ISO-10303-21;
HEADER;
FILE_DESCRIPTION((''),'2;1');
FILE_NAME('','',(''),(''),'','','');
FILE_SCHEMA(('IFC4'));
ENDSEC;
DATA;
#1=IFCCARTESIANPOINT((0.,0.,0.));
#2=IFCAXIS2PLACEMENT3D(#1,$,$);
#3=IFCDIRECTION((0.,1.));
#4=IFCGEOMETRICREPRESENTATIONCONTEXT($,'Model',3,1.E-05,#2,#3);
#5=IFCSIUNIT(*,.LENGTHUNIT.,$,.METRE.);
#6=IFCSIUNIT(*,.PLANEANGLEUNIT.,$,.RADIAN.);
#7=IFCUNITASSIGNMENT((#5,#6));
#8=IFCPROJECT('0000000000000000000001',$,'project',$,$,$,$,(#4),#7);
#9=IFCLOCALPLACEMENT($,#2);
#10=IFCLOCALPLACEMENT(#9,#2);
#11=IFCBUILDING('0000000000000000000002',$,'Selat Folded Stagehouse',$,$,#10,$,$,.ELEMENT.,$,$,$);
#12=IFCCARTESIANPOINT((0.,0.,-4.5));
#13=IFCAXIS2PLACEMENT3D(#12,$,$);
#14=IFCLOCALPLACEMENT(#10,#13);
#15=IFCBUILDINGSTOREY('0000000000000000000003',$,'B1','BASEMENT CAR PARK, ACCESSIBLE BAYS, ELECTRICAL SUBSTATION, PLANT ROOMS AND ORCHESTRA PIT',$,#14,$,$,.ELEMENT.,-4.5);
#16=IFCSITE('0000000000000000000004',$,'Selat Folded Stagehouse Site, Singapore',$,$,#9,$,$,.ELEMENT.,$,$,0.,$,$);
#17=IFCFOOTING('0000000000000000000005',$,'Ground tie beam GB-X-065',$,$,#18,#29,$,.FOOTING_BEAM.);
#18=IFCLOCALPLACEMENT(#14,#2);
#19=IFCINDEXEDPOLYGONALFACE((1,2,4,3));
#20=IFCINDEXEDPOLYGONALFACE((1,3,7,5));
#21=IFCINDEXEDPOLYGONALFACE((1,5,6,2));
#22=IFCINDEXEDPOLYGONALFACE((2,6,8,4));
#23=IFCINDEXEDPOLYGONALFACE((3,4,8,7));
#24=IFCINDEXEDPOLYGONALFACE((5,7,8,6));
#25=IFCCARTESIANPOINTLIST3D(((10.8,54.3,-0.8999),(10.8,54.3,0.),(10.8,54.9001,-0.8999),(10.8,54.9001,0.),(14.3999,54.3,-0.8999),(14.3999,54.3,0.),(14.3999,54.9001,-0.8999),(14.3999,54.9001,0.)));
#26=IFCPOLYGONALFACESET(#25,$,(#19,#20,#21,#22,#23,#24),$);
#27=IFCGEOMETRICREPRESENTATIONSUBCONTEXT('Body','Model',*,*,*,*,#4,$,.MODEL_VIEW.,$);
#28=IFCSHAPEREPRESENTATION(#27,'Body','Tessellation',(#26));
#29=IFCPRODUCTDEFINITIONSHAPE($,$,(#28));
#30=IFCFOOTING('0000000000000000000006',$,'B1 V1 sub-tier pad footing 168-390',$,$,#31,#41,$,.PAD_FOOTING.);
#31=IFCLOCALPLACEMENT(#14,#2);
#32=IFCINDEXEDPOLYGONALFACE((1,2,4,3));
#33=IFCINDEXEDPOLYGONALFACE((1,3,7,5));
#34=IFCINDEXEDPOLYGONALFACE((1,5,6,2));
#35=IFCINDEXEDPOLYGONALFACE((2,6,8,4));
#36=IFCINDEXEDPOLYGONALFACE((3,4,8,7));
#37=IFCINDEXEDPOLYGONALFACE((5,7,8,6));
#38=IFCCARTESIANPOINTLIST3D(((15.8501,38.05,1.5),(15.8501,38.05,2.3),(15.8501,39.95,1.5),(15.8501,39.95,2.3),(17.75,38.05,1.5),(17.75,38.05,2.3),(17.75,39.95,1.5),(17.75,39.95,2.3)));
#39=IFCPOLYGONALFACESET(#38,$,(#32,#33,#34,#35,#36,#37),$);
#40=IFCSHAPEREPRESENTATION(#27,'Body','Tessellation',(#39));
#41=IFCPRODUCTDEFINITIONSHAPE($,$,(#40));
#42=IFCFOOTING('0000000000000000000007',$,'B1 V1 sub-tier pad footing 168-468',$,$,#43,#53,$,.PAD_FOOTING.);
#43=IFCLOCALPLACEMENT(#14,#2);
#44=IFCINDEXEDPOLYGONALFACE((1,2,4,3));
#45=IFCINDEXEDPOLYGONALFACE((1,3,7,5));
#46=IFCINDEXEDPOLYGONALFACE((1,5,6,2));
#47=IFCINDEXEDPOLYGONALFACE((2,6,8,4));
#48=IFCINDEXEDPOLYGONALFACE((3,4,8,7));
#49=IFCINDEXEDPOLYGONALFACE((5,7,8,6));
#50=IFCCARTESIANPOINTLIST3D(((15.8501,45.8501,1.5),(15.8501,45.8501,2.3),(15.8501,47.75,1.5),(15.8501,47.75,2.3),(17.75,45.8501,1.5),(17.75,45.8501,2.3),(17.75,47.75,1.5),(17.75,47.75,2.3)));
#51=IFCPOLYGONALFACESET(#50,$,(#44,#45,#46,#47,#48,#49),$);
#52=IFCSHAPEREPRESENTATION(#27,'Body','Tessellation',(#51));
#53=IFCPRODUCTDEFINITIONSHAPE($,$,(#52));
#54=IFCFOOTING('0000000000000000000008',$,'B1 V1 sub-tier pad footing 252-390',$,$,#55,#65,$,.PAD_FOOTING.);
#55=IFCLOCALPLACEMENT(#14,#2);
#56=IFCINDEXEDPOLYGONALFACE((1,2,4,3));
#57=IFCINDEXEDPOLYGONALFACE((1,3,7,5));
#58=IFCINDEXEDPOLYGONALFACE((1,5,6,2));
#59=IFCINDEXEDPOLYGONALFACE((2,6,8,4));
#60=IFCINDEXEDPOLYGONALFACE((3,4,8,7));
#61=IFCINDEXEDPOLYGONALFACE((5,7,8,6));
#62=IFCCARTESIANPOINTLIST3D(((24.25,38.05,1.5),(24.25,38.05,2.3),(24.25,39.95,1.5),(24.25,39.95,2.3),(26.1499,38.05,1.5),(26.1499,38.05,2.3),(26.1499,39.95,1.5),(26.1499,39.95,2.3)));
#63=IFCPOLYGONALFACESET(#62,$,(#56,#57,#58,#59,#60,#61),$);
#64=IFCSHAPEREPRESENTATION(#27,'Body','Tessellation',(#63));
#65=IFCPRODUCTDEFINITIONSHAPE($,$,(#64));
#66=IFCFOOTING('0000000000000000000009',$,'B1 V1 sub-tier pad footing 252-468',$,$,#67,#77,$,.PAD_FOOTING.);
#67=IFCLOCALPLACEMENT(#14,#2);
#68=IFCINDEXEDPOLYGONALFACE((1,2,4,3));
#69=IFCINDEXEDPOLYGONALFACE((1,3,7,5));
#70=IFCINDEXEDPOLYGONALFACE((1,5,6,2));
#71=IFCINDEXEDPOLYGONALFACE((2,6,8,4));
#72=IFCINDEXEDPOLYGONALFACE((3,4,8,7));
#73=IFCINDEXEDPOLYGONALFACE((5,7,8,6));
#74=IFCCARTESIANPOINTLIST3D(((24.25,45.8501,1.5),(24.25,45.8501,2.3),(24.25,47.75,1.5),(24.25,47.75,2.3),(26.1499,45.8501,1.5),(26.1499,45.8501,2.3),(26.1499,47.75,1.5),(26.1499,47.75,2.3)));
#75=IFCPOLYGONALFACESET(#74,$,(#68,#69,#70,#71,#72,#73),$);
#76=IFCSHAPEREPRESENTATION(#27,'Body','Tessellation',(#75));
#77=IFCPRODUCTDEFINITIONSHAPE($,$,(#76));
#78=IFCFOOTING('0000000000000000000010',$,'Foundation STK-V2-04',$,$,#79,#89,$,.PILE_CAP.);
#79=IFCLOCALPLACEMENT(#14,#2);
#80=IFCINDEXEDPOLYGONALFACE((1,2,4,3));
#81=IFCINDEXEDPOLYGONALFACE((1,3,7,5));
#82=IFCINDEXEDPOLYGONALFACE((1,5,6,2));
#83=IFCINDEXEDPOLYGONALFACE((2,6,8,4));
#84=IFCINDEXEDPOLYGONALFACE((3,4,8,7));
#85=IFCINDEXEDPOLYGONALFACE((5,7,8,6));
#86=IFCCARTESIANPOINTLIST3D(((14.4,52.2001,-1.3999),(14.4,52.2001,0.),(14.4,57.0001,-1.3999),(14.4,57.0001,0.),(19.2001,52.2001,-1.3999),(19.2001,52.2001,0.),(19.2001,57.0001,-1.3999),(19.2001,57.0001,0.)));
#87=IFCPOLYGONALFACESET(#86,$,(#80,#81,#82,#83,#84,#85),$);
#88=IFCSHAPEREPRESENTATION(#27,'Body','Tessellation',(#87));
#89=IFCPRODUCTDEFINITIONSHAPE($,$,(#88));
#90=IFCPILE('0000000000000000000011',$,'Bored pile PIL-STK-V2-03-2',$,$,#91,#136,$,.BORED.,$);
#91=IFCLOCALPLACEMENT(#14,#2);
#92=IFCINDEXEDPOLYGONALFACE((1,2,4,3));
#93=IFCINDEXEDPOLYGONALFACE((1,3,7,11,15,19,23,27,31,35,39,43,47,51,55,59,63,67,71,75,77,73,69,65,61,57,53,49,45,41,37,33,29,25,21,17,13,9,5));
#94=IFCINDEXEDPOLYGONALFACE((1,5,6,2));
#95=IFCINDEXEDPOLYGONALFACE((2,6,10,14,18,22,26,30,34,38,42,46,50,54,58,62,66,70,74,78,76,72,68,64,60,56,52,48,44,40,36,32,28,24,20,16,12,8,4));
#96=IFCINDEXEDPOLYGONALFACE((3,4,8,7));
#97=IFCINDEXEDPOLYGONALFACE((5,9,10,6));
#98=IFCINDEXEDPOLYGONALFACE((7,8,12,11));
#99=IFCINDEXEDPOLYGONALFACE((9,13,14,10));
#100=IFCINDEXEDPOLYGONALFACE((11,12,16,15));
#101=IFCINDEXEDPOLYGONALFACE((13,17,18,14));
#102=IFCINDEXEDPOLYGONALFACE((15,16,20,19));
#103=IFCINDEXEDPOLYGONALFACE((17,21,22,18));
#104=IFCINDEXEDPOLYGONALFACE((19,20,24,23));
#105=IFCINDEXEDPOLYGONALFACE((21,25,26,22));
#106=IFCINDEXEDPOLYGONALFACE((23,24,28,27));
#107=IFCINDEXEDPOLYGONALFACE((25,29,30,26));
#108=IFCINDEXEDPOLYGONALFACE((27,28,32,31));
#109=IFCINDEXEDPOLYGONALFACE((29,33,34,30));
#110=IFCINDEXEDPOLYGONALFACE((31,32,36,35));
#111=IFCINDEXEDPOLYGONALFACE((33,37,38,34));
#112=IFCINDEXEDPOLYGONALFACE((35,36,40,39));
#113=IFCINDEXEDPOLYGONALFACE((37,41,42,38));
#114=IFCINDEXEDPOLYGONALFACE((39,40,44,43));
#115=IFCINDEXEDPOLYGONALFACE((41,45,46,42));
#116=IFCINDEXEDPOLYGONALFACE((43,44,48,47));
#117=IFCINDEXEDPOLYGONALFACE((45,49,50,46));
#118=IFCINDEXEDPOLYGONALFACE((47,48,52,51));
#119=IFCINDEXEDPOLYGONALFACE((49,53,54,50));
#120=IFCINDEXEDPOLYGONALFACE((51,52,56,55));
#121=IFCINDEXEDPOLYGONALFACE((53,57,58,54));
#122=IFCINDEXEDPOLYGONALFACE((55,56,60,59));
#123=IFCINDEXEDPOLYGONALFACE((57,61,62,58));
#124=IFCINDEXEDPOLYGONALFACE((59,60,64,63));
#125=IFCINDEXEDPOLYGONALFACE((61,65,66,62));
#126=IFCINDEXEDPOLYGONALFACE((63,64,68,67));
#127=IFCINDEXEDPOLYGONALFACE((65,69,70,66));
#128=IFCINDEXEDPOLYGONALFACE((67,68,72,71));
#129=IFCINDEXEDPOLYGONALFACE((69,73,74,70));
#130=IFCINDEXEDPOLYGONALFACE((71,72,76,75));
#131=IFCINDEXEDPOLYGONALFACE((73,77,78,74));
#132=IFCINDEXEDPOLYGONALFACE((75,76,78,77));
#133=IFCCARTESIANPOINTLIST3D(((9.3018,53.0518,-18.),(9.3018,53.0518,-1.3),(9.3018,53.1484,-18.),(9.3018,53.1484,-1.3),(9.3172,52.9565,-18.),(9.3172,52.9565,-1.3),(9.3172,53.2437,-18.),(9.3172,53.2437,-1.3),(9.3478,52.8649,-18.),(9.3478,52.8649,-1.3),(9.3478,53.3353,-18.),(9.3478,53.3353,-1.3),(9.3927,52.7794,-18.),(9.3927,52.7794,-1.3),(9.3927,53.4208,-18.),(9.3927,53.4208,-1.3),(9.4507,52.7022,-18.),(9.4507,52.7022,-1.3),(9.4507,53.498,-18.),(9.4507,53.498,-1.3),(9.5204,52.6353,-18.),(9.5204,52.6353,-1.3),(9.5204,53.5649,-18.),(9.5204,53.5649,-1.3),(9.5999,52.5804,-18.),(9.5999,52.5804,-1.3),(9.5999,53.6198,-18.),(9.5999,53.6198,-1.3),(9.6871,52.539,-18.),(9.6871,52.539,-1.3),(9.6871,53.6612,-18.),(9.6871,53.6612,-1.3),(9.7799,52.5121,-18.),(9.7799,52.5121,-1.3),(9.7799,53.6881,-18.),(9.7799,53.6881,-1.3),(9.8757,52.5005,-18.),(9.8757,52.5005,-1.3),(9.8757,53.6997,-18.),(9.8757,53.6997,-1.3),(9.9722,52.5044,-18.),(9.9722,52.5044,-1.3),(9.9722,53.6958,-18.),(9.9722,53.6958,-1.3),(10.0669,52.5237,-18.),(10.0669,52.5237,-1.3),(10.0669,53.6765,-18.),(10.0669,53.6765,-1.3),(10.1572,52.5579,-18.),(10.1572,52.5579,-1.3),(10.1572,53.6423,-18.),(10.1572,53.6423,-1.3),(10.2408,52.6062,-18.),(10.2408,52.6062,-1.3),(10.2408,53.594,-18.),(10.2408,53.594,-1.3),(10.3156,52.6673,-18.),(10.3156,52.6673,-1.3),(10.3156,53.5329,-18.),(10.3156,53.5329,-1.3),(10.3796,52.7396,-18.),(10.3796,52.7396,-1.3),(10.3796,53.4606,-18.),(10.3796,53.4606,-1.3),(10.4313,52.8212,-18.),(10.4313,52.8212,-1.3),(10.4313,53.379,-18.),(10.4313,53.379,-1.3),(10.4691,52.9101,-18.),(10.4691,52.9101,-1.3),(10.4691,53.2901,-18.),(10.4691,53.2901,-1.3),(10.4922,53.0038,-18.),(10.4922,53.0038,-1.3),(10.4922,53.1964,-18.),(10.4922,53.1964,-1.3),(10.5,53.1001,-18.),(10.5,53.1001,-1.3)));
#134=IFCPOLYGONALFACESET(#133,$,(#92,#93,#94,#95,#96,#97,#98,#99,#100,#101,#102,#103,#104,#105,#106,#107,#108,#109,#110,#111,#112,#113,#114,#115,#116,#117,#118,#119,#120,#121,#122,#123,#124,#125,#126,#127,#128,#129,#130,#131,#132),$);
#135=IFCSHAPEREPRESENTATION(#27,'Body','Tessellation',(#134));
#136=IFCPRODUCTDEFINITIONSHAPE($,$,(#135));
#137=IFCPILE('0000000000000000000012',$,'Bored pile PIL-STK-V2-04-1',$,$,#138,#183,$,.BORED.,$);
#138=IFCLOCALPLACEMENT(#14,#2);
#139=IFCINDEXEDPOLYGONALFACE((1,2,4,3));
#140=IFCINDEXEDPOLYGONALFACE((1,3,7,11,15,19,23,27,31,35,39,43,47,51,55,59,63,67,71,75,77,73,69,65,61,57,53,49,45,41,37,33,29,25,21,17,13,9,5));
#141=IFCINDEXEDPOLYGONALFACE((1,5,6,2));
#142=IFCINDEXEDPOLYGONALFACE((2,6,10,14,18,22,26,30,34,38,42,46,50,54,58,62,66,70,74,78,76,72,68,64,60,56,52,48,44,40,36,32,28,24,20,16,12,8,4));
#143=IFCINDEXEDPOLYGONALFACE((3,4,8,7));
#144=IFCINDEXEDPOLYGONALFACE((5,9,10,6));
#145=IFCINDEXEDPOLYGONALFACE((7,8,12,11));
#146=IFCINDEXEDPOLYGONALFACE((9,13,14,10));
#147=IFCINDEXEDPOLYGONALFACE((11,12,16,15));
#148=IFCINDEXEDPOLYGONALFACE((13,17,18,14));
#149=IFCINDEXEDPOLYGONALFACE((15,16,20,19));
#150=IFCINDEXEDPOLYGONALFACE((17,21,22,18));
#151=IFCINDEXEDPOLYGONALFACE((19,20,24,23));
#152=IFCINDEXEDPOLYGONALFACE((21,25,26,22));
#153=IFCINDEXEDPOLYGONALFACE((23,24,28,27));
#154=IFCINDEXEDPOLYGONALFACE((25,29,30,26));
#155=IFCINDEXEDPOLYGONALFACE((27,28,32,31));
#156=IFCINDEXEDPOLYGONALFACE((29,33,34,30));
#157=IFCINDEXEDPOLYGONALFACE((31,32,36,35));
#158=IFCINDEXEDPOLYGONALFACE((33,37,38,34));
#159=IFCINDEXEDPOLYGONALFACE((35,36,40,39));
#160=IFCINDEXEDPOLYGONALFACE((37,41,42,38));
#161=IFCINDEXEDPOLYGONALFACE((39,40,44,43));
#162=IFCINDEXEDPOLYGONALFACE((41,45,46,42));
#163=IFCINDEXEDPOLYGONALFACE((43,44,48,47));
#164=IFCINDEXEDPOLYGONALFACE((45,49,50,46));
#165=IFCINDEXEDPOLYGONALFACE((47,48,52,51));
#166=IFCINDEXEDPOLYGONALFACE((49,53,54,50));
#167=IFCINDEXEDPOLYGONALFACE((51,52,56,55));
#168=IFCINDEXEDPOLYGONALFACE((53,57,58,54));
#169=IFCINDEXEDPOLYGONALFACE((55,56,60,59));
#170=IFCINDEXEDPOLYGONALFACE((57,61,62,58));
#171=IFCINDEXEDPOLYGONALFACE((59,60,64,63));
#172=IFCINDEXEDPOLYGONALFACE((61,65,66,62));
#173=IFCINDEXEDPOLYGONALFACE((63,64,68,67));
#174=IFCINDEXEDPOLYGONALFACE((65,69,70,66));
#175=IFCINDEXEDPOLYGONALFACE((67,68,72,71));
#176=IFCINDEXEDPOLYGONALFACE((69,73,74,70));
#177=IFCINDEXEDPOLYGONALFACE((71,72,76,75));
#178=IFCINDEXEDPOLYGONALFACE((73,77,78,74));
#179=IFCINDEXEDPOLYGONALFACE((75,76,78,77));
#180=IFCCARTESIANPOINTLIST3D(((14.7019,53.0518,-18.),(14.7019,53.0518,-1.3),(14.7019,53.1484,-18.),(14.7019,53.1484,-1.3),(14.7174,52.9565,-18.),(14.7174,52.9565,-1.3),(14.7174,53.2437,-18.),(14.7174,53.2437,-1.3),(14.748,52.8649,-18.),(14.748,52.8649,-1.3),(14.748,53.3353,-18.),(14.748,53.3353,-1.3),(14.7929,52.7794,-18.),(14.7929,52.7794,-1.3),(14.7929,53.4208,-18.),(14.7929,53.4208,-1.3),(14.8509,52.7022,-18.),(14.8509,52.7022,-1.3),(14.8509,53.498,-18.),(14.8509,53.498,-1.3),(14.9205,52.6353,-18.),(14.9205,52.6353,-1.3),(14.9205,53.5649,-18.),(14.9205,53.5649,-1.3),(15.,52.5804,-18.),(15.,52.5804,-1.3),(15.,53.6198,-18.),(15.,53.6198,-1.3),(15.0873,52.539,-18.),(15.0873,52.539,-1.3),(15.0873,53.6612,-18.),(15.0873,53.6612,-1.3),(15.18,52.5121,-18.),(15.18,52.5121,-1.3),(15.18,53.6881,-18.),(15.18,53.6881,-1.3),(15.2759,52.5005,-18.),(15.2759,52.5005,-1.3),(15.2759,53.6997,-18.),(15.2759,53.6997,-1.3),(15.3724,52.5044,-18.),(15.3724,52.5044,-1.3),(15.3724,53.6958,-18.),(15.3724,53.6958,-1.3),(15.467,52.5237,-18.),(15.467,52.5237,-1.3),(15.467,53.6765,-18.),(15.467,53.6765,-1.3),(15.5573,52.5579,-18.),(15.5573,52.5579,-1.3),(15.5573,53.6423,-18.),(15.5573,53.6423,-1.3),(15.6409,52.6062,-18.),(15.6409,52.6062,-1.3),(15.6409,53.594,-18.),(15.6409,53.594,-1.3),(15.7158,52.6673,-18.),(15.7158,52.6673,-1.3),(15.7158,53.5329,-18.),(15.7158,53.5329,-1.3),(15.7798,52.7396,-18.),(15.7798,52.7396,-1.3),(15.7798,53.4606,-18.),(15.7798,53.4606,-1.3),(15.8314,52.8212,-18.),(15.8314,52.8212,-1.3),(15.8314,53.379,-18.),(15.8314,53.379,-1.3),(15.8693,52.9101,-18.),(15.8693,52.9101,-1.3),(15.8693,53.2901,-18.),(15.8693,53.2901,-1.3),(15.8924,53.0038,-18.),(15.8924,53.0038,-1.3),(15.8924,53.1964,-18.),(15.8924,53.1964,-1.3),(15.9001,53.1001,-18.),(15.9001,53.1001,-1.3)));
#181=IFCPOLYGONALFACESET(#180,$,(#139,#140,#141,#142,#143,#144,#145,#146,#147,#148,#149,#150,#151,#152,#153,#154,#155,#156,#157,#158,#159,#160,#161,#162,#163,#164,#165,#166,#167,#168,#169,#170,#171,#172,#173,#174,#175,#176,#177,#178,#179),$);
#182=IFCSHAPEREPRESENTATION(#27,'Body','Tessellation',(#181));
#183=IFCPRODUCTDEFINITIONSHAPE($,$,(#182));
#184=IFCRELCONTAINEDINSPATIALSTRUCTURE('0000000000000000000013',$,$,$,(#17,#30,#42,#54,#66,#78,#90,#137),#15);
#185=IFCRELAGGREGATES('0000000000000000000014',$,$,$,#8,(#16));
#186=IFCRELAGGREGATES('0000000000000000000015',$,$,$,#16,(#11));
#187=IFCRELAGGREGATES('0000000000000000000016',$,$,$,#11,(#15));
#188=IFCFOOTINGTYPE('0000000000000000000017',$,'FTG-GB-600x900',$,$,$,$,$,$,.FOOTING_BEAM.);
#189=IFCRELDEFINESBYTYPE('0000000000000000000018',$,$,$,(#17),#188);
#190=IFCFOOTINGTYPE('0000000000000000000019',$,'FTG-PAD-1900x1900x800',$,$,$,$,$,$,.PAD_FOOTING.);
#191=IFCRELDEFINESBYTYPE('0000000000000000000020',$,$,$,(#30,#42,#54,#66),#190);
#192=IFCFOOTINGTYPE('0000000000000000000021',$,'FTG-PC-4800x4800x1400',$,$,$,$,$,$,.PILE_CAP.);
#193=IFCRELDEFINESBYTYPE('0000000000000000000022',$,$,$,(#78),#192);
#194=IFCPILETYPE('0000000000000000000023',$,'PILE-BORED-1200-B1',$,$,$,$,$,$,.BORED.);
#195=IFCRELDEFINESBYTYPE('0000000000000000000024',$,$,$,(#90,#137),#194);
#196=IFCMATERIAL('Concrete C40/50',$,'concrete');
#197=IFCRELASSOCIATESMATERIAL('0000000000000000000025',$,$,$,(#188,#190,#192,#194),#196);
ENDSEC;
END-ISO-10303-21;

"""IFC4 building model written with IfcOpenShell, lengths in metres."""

from ifc_helpers import new_model, si_unit, direction, frame, origin, origin_2d, place, context, subcontext, project, spatial, rectangle, circle, extrude, material, material_profile, profile_set, type_object, element, save


model = new_model("IFC4")

# Units and contexts
model_context = context("Model", 3, precision=1e-05, world=origin(), true_north=direction((0.0, 1.0)))
body_context = subcontext(model_context, "Body", "Model", "MODEL_VIEW")
ifc_project = project(units=[si_unit("LENGTHUNIT", "METRE"), si_unit("PLANEANGLEUNIT", "RADIAN")], contexts=[model_context])

# Site, building, storey
site_placement = place(None, origin())
site = spatial("IfcSite", under=ifc_project, at=site_placement, Name="Selat Folded Stagehouse Site, Singapore", CompositionType="ELEMENT", RefElevation=0.0)
building_placement = place(site_placement, origin())
building = spatial("IfcBuilding", under=site, at=building_placement, Name="Selat Folded Stagehouse", CompositionType="ELEMENT")
storey_placement = place(building_placement, frame((0.0, 0.0, -4.5)))
storey = spatial("IfcBuildingStorey", under=building, at=storey_placement, Name="B1", Description="BASEMENT CAR PARK, ACCESSIBLE BAYS, ELECTRICAL SUBSTATION, PLANT ROOMS AND ORCHESTRA PIT", CompositionType="ELEMENT", Elevation=-4.5)

# Footings
ifc_material_1 = material(Name="Concrete C40/50", Category="concrete")
ifc_material_profile_1 = material_profile(ifc_material_1, rectangle(XDim=0.6001, YDim=0.8999, at=origin_2d()), Name="RC 900x600")
ifc_profile_set_1 = profile_set([ifc_material_profile_1], Name="Concrete C40/50")
footing_type_1 = type_object("IfcFootingType", Name="FTG-GB-600x900", PredefinedType="FOOTING_BEAM", material=ifc_profile_set_1)
footing_1_placement = place(storey_placement, frame((10.8, 54.6001, -0.45), z_axis=(1.0, 0.0, 0.0), x_axis=(0.0, 1.0, 0.0)))
element("IfcFooting", 1, at=footing_1_placement, inside=storey, type_object=footing_type_1, Name="Ground tie beam GB-X-065", PredefinedType="FOOTING_BEAM", context=body_context, shape_type="SweptSolid", body=[
    extrude(rectangle(XDim=0.6001, YDim=0.8999, at=origin_2d()), origin(), (0.0, 0.0, 1.0), 3.5999),
])
footing_type_2 = type_object("IfcFootingType", Name="FTG-PAD-1900x1900x800", PredefinedType="PAD_FOOTING", material=ifc_material_1)
for number, where, z_axis, x_axis, name in (
    (2, (16.8, 39.0, 1.5), (0.0, 0.0, 1.0), (1.0, 0.0, 0.0), "B1 V1 sub-tier pad footing 168-390"),
    (3, (16.8, 46.8, 1.5), (0.0, 0.0, 1.0), (1.0, 0.0, 0.0), "B1 V1 sub-tier pad footing 168-468"),
    (4, (25.2, 39.0, 1.5), (0.0, 0.0, 1.0), (1.0, 0.0, 0.0), "B1 V1 sub-tier pad footing 252-390"),
    (5, (25.2, 46.8, 1.5), (0.0, 0.0, 1.0), (1.0, 0.0, 0.0), "B1 V1 sub-tier pad footing 252-468"),
):
    element("IfcFooting", number, at=place(storey_placement, frame(where, z_axis=z_axis, x_axis=x_axis)), inside=storey, type_object=footing_type_2, Name=name, PredefinedType="PAD_FOOTING", context=body_context, shape_type="SweptSolid", body=[
        extrude(rectangle(XDim=1.8999, YDim=1.8999, at=origin_2d()), origin(), (0.0, 0.0, 1.0), 0.8),
    ])
footing_type_3 = type_object("IfcFootingType", Name="FTG-PC-4800x4800x1400", PredefinedType="PILE_CAP", material=ifc_material_1)
footing_2_placement = place(storey_placement, frame((16.8, 54.6001, -1.3999), z_axis=(0.0, 0.0, 1.0), x_axis=(1.0, 0.0, 0.0)))
element("IfcFooting", 6, at=footing_2_placement, inside=storey, type_object=footing_type_3, Name="Foundation STK-V2-04", PredefinedType="PILE_CAP", context=body_context, shape_type="SweptSolid", body=[
    extrude(rectangle(XDim=4.8, YDim=4.8, at=origin_2d()), origin(), (0.0, 0.0, 1.0), 1.3999),
])

# Piles
ifc_material_profile_2 = material_profile(ifc_material_1, circle(Radius=0.6001, at=origin_2d()), Name="PILE D1200")
ifc_profile_set_2 = profile_set([ifc_material_profile_2], Name="Concrete C40/50")
pile_type = type_object("IfcPileType", Name="PILE-BORED-1200-B1", PredefinedType="BORED", material=ifc_profile_set_2)
for number, where, z_axis, x_axis, name in (
    (7, (9.8999, 53.1001, -1.3), (0.0, 0.0, -1.0), (1.0, 0.0, 0.0), "Bored pile PIL-STK-V2-03-2"),
    (8, (15.3, 53.1001, -1.3), (0.0, 0.0, -1.0), (1.0, 0.0, 0.0), "Bored pile PIL-STK-V2-04-1"),
):
    element("IfcPile", number, at=place(storey_placement, frame(where, z_axis=z_axis, x_axis=x_axis)), inside=storey, type_object=pile_type, Name=name, PredefinedType="BORED", context=body_context, shape_type="SweptSolid", body=[
        extrude(circle(Radius=0.6001, at=origin_2d()), origin(), (0.0, 0.0, 1.0), 16.7),
    ])

save(model, "model.ifc")
